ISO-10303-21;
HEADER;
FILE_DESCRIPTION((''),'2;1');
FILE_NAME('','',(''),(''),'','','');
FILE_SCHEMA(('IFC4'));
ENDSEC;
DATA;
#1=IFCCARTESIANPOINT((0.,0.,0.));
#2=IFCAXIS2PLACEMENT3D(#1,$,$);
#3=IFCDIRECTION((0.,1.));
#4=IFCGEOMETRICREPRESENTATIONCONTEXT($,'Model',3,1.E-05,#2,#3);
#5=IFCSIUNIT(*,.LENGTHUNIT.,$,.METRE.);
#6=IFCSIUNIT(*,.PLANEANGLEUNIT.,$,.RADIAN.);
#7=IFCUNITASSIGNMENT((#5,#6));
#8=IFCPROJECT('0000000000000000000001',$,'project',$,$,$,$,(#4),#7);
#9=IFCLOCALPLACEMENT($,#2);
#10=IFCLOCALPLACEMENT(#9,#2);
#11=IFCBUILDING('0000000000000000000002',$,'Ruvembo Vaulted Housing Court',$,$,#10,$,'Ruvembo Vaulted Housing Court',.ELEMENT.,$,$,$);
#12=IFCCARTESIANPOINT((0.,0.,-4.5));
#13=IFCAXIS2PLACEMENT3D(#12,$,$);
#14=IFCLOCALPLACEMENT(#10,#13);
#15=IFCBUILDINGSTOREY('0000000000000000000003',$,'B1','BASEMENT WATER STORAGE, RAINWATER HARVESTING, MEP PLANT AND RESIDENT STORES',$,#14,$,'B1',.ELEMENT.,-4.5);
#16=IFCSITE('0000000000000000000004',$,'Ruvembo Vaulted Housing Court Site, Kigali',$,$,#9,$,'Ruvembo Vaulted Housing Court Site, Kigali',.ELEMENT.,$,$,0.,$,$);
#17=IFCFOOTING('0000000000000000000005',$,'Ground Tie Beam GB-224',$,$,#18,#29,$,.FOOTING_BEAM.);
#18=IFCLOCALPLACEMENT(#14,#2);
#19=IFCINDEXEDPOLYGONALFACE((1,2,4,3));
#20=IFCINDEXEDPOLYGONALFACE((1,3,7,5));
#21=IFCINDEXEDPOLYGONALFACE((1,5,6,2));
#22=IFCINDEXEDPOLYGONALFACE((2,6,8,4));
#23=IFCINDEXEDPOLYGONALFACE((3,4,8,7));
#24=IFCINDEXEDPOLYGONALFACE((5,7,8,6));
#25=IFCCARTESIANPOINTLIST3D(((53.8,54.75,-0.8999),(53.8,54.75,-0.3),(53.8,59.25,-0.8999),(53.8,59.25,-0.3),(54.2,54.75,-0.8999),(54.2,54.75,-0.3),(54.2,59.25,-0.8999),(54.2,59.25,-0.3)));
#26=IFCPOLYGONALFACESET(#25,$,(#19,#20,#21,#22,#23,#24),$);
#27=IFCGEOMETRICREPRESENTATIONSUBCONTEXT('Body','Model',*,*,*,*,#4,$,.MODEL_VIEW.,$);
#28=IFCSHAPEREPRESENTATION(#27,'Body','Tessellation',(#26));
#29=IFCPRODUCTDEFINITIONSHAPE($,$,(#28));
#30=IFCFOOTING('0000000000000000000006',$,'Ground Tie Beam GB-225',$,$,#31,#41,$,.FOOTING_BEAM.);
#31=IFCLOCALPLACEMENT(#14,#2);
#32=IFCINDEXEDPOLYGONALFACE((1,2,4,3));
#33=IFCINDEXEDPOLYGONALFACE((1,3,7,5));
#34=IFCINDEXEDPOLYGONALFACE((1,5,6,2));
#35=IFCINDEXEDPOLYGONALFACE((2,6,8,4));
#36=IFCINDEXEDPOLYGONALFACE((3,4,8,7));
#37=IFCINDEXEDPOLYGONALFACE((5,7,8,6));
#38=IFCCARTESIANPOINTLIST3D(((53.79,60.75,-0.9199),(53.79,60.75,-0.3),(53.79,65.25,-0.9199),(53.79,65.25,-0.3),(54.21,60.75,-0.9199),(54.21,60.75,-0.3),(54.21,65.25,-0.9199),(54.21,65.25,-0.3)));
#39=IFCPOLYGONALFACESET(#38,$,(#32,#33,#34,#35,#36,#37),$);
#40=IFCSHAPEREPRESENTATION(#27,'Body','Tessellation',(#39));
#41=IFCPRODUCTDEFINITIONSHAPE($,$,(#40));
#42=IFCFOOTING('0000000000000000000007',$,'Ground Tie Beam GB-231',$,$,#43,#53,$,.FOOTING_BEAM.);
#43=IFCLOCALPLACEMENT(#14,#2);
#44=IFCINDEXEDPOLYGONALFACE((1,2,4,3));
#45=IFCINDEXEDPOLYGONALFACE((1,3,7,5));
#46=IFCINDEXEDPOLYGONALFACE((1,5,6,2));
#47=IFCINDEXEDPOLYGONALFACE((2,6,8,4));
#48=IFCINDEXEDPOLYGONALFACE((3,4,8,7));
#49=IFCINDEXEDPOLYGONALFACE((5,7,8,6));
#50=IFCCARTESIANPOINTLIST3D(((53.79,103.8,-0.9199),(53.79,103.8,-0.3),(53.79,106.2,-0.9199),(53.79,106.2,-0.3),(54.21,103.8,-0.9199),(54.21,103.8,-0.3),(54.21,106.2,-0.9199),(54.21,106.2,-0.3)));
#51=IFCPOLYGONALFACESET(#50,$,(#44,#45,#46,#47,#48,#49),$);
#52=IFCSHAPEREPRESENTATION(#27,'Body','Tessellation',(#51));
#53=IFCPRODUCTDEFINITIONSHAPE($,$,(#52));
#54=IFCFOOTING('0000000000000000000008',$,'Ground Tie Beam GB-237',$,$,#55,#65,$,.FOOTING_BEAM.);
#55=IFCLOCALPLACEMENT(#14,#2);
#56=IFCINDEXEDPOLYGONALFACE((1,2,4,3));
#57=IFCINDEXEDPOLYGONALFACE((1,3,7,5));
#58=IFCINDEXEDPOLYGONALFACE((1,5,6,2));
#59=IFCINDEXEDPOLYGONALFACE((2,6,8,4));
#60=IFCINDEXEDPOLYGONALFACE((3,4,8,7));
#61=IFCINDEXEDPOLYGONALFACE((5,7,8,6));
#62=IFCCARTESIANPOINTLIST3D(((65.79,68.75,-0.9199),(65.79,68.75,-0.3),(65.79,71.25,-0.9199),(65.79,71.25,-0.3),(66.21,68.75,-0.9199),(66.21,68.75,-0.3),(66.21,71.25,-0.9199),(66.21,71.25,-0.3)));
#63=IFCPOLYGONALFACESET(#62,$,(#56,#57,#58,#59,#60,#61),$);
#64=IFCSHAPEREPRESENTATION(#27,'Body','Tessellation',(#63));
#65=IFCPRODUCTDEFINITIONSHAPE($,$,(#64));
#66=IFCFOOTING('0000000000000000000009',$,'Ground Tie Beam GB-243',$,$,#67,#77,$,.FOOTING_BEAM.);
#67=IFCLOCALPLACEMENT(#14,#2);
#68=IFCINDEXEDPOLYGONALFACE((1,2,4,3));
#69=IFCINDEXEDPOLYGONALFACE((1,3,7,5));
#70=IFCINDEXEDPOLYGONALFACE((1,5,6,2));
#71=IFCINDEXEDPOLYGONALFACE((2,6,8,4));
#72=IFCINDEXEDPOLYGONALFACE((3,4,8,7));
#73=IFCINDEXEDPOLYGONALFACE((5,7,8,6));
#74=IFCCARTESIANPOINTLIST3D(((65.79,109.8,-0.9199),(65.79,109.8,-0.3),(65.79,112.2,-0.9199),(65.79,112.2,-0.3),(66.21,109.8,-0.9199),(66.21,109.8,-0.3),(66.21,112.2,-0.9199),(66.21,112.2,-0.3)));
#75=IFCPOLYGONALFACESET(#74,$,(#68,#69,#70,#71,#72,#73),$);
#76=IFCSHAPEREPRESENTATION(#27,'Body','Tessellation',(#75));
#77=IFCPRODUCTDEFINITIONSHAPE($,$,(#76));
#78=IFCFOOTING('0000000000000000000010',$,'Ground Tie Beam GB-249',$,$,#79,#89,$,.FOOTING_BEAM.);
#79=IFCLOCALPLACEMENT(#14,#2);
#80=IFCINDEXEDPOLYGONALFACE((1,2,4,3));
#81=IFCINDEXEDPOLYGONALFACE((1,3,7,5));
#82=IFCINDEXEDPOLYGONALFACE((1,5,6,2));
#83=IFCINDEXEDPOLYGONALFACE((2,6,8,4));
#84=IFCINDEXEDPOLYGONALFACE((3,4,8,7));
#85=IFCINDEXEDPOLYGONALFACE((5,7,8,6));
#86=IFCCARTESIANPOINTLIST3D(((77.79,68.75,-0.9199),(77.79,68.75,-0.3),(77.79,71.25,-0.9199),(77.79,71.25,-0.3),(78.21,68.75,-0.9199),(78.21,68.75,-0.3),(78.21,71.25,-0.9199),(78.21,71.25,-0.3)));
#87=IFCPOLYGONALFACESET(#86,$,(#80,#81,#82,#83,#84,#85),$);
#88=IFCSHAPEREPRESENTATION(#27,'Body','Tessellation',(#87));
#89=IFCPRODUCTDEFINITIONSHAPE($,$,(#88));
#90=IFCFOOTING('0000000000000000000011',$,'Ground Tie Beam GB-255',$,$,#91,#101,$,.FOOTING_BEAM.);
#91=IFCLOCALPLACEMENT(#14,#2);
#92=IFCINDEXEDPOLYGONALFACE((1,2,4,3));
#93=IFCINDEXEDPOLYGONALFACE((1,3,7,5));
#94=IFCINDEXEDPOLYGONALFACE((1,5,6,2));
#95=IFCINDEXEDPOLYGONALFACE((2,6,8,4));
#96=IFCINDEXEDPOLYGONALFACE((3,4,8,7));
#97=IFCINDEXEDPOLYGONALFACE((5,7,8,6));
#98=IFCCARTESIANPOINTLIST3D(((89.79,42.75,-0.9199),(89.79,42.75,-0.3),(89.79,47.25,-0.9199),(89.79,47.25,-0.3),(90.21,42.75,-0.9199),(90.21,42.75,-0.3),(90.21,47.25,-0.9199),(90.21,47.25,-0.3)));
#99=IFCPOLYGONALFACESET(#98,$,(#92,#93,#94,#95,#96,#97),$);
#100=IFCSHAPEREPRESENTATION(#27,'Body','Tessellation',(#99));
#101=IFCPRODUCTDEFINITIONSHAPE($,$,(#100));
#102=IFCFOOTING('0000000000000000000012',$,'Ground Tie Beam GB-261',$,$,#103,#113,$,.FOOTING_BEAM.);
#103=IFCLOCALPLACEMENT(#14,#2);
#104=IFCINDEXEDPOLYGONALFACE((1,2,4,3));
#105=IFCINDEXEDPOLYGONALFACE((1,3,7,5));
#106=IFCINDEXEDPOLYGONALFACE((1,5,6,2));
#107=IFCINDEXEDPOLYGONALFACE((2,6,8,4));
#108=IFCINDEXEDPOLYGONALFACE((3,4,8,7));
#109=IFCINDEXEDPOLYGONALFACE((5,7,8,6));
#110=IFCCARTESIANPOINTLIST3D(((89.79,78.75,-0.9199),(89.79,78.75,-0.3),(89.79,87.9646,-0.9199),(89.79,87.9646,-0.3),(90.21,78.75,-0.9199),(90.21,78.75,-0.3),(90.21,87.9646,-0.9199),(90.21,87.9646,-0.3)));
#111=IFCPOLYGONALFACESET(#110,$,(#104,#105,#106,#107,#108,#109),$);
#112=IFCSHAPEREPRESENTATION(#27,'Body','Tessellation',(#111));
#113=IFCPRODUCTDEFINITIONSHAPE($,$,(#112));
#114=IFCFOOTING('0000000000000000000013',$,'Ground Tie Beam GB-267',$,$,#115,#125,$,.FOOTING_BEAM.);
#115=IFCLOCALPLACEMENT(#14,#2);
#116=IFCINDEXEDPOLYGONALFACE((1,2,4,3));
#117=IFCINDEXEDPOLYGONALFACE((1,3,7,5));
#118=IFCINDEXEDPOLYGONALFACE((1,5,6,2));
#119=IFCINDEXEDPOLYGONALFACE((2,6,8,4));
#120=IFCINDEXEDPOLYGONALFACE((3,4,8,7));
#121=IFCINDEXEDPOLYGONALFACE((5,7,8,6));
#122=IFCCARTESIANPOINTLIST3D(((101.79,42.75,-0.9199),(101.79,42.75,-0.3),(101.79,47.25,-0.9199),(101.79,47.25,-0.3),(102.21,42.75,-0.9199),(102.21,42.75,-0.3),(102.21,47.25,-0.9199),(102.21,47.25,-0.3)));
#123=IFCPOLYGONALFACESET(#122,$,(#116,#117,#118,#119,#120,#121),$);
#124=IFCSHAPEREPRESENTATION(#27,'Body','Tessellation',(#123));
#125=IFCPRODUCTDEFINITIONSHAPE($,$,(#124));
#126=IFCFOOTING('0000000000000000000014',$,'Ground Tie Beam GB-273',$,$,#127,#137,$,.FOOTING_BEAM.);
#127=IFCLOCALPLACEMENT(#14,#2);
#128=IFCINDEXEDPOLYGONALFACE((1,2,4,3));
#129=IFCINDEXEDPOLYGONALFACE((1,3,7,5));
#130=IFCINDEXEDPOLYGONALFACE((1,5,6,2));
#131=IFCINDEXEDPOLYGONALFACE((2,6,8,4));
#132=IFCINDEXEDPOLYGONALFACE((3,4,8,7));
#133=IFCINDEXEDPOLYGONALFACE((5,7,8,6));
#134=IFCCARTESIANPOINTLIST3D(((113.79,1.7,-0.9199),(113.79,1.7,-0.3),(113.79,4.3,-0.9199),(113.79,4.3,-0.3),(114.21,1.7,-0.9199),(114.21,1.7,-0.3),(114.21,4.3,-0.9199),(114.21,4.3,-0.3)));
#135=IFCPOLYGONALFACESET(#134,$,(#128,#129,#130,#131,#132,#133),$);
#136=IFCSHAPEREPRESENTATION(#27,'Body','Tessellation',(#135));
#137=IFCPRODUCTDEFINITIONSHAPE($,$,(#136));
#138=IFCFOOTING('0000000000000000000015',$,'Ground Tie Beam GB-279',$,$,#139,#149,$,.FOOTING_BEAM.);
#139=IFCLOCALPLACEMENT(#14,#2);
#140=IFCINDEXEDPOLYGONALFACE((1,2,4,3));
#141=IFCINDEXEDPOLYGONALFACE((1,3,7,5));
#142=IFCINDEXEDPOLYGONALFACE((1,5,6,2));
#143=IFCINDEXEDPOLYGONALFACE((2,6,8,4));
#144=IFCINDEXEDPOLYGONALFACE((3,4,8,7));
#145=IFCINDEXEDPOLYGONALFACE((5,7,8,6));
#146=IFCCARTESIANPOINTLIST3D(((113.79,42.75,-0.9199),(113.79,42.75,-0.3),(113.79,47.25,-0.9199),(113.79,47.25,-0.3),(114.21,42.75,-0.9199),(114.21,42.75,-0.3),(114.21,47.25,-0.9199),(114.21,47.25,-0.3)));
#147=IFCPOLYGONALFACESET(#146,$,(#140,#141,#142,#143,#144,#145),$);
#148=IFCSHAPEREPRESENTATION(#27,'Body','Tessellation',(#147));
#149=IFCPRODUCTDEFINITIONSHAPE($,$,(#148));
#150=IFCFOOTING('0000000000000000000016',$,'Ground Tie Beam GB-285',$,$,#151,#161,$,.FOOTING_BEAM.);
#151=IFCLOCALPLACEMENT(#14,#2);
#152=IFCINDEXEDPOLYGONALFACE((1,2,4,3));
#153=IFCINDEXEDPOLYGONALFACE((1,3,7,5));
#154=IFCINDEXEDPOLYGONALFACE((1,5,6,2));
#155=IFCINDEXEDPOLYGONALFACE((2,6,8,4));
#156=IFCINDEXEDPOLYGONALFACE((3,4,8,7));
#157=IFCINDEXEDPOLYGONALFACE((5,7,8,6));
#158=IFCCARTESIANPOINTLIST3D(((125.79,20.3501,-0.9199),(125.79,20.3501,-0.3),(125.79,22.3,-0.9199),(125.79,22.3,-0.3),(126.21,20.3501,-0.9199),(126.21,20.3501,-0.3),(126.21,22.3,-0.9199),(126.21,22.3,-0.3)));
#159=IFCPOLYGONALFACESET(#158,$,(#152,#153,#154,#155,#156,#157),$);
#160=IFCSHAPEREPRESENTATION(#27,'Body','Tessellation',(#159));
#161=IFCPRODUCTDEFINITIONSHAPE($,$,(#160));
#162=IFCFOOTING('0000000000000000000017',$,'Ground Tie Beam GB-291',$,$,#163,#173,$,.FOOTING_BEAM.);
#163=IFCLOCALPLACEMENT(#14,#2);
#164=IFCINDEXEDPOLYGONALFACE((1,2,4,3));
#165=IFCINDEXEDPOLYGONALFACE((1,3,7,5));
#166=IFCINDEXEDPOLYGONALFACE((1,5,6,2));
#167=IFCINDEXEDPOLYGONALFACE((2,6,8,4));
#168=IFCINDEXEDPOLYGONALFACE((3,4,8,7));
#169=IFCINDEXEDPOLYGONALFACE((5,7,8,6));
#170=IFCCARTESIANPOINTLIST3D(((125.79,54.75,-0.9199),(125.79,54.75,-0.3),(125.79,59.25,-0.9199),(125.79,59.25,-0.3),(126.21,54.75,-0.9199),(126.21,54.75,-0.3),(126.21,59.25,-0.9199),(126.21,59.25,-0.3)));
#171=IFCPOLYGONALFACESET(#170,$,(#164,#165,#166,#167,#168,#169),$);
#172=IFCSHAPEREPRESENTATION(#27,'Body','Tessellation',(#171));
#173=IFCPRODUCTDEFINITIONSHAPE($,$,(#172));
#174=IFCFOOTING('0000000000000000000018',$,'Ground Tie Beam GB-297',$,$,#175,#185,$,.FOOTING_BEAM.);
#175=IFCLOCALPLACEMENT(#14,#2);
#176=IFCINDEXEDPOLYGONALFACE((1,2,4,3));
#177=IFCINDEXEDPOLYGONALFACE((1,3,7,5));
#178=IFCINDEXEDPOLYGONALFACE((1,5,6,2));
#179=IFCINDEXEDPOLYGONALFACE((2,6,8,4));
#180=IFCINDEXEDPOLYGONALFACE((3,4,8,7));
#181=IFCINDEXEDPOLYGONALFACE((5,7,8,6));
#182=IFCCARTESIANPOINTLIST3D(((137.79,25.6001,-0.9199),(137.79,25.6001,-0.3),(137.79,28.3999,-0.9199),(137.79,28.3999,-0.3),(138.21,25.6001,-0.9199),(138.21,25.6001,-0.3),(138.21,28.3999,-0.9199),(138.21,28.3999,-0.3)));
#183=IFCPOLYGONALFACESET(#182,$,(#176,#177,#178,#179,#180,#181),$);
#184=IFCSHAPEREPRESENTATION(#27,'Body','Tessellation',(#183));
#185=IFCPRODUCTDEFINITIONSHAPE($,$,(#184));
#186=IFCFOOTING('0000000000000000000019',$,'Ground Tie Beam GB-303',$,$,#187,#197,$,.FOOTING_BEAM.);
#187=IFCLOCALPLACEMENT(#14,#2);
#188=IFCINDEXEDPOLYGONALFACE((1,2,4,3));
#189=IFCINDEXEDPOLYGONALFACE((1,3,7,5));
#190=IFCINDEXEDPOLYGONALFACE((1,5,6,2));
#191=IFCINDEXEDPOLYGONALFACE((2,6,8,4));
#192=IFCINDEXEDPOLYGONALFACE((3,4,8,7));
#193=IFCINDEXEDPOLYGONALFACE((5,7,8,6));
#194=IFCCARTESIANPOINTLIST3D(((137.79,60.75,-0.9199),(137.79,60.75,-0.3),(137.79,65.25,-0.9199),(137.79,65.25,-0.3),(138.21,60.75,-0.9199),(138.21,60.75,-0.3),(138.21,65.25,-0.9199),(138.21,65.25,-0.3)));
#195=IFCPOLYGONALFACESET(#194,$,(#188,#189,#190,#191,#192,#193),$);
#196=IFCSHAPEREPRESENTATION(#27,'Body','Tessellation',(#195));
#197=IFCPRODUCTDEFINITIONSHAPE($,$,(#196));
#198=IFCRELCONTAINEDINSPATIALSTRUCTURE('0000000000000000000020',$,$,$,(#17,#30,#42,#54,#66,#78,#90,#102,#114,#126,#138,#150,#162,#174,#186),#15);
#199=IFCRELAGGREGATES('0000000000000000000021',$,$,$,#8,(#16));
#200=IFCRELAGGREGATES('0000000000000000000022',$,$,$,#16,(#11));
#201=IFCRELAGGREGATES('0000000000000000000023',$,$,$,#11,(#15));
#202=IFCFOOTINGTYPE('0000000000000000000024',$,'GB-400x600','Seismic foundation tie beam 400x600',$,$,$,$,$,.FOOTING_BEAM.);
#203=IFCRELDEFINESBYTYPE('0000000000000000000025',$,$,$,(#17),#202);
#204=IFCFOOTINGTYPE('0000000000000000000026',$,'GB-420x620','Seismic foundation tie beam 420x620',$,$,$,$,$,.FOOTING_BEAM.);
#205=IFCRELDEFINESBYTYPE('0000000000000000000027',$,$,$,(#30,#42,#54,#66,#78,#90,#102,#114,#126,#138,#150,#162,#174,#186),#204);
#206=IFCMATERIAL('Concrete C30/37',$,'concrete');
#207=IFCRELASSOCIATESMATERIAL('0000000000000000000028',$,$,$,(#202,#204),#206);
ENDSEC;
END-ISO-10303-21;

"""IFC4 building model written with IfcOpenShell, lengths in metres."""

from ifc_helpers import new_model, si_unit, direction, frame, origin, place, context, subcontext, project, spatial, polyline, outline, extrude, material, type_object, element, save


model = new_model("IFC4")

# Units and contexts
model_context = context("Model", 3, precision=1e-05, world=origin(), true_north=direction((0.0, 1.0)))
body_context = subcontext(model_context, "Body", "Model", "MODEL_VIEW")
ifc_project = project(units=[si_unit("LENGTHUNIT", "METRE"), si_unit("PLANEANGLEUNIT", "RADIAN")], contexts=[model_context])

# Site, building, storey
site_placement = place(None, origin())
site = spatial("IfcSite", under=ifc_project, at=site_placement, Name="Ruvembo Vaulted Housing Court Site, Kigali", LongName="Ruvembo Vaulted Housing Court Site, Kigali", CompositionType="ELEMENT", RefElevation=0.0)
building_placement = place(site_placement, origin())
building = spatial("IfcBuilding", under=site, at=building_placement, Name="Ruvembo Vaulted Housing Court", LongName="Ruvembo Vaulted Housing Court", CompositionType="ELEMENT")
storey_placement = place(building_placement, frame((0.0, 0.0, -4.5)))
storey = spatial("IfcBuildingStorey", under=building, at=storey_placement, Name="B1", Description="BASEMENT WATER STORAGE, RAINWATER HARVESTING, MEP PLANT AND RESIDENT STORES", LongName="B1", CompositionType="ELEMENT", Elevation=-4.5)

# Footings
ifc_material = material(Name="Concrete C30/37", Category="concrete")
footing_type_1 = type_object("IfcFootingType", Name="GB-400x600", Description="Seismic foundation tie beam 400x600", PredefinedType="FOOTING_BEAM", material=ifc_material)
footing_1_placement = place(storey_placement, frame((0.0, 0.0, -0.8999)))
element("IfcFooting", 1, at=footing_1_placement, inside=storey, type_object=footing_type_1, Name="Ground Tie Beam GB-224", PredefinedType="FOOTING_BEAM", context=body_context, shape_type="SweptSolid", body=[
    extrude(outline(polyline([(53.8, 54.75), (54.2, 54.75), (54.2, 59.25), (53.8, 59.25), (53.8, 54.75)])), origin(), (0.0, 0.0, 1.0), 0.5999),
])
footing_type_2 = type_object("IfcFootingType", Name="GB-420x620", Description="Seismic foundation tie beam 420x620", PredefinedType="FOOTING_BEAM", material=ifc_material)
footing_2_placement = place(storey_placement, frame((0.0, 0.0, -0.9199)))
element("IfcFooting", 2, at=footing_2_placement, inside=storey, type_object=footing_type_2, Name="Ground Tie Beam GB-225", PredefinedType="FOOTING_BEAM", context=body_context, shape_type="SweptSolid", body=[
    extrude(outline(polyline([(53.79, 60.75), (54.21, 60.75), (54.21, 65.25), (53.79, 65.25), (53.79, 60.75)])), origin(), (0.0, 0.0, 1.0), 0.6199),
])
footing_3_placement = place(storey_placement, frame((0.0, 0.0, -0.9199)))
element("IfcFooting", 3, at=footing_3_placement, inside=storey, type_object=footing_type_2, Name="Ground Tie Beam GB-231", PredefinedType="FOOTING_BEAM", context=body_context, shape_type="SweptSolid", body=[
    extrude(outline(polyline([(53.79, 103.8), (54.21, 103.8), (54.21, 106.2), (53.79, 106.2), (53.79, 103.8)])), origin(), (0.0, 0.0, 1.0), 0.6199),
])
footing_4_placement = place(storey_placement, frame((0.0, 0.0, -0.9199)))
element("IfcFooting", 4, at=footing_4_placement, inside=storey, type_object=footing_type_2, Name="Ground Tie Beam GB-237", PredefinedType="FOOTING_BEAM", context=body_context, shape_type="SweptSolid", body=[
    extrude(outline(polyline([(65.79, 68.75), (66.21, 68.75), (66.21, 71.25), (65.79, 71.25), (65.79, 68.75)])), origin(), (0.0, 0.0, 1.0), 0.6199),
])
footing_5_placement = place(storey_placement, frame((0.0, 0.0, -0.9199)))
element("IfcFooting", 5, at=footing_5_placement, inside=storey, type_object=footing_type_2, Name="Ground Tie Beam GB-243", PredefinedType="FOOTING_BEAM", context=body_context, shape_type="SweptSolid", body=[
    extrude(outline(polyline([(65.79, 109.8), (66.21, 109.8), (66.21, 112.2), (65.79, 112.2), (65.79, 109.8)])), origin(), (0.0, 0.0, 1.0), 0.6199),
])
footing_6_placement = place(storey_placement, frame((0.0, 0.0, -0.9199)))
element("IfcFooting", 6, at=footing_6_placement, inside=storey, type_object=footing_type_2, Name="Ground Tie Beam GB-249", PredefinedType="FOOTING_BEAM", context=body_context, shape_type="SweptSolid", body=[
    extrude(outline(polyline([(77.79, 68.75), (78.21, 68.75), (78.21, 71.25), (77.79, 71.25), (77.79, 68.75)])), origin(), (0.0, 0.0, 1.0), 0.6199),
])
footing_7_placement = place(storey_placement, frame((0.0, 0.0, -0.9199)))
element("IfcFooting", 7, at=footing_7_placement, inside=storey, type_object=footing_type_2, Name="Ground Tie Beam GB-255", PredefinedType="FOOTING_BEAM", context=body_context, shape_type="SweptSolid", body=[
    extrude(outline(polyline([(89.79, 42.75), (90.21, 42.75), (90.21, 47.25), (89.79, 47.25), (89.79, 42.75)])), origin(), (0.0, 0.0, 1.0), 0.6199),
])
footing_8_placement = place(storey_placement, frame((0.0, 0.0, -0.9199)))
element("IfcFooting", 8, at=footing_8_placement, inside=storey, type_object=footing_type_2, Name="Ground Tie Beam GB-261", PredefinedType="FOOTING_BEAM", context=body_context, shape_type="SweptSolid", body=[
    extrude(outline(polyline([(89.79, 78.75), (90.21, 78.75), (90.21, 87.9646), (89.79, 87.9646), (89.79, 78.75)])), origin(), (0.0, 0.0, 1.0), 0.6199),
])
footing_9_placement = place(storey_placement, frame((0.0, 0.0, -0.9199)))
element("IfcFooting", 9, at=footing_9_placement, inside=storey, type_object=footing_type_2, Name="Ground Tie Beam GB-267", PredefinedType="FOOTING_BEAM", context=body_context, shape_type="SweptSolid", body=[
    extrude(outline(polyline([(101.79, 42.75), (102.21, 42.75), (102.21, 47.25), (101.79, 47.25), (101.79, 42.75)])), origin(), (0.0, 0.0, 1.0), 0.6199),
])
footing_10_placement = place(storey_placement, frame((0.0, 0.0, -0.9199)))
element("IfcFooting", 10, at=footing_10_placement, inside=storey, type_object=footing_type_2, Name="Ground Tie Beam GB-273", PredefinedType="FOOTING_BEAM", context=body_context, shape_type="SweptSolid", body=[
    extrude(outline(polyline([(113.79, 1.7), (114.21, 1.7), (114.21, 4.3), (113.79, 4.3), (113.79, 1.7)])), origin(), (0.0, 0.0, 1.0), 0.6199),
])
footing_11_placement = place(storey_placement, frame((0.0, 0.0, -0.9199)))
element("IfcFooting", 11, at=footing_11_placement, inside=storey, type_object=footing_type_2, Name="Ground Tie Beam GB-279", PredefinedType="FOOTING_BEAM", context=body_context, shape_type="SweptSolid", body=[
    extrude(outline(polyline([(113.79, 42.75), (114.21, 42.75), (114.21, 47.25), (113.79, 47.25), (113.79, 42.75)])), origin(), (0.0, 0.0, 1.0), 0.6199),
])
footing_12_placement = place(storey_placement, frame((0.0, 0.0, -0.9199)))
element("IfcFooting", 12, at=footing_12_placement, inside=storey, type_object=footing_type_2, Name="Ground Tie Beam GB-285", PredefinedType="FOOTING_BEAM", context=body_context, shape_type="SweptSolid", body=[
    extrude(outline(polyline([(125.79, 20.3501), (126.21, 20.3501), (126.21, 22.3), (125.79, 22.3), (125.79, 20.3501)])), origin(), (0.0, 0.0, 1.0), 0.6199),
])
footing_13_placement = place(storey_placement, frame((0.0, 0.0, -0.9199)))
element("IfcFooting", 13, at=footing_13_placement, inside=storey, type_object=footing_type_2, Name="Ground Tie Beam GB-291", PredefinedType="FOOTING_BEAM", context=body_context, shape_type="SweptSolid", body=[
    extrude(outline(polyline([(125.79, 54.75), (126.21, 54.75), (126.21, 59.25), (125.79, 59.25), (125.79, 54.75)])), origin(), (0.0, 0.0, 1.0), 0.6199),
])
footing_14_placement = place(storey_placement, frame((0.0, 0.0, -0.9199)))
element("IfcFooting", 14, at=footing_14_placement, inside=storey, type_object=footing_type_2, Name="Ground Tie Beam GB-297", PredefinedType="FOOTING_BEAM", context=body_context, shape_type="SweptSolid", body=[
    extrude(outline(polyline([(137.79, 25.6001), (138.21, 25.6001), (138.21, 28.3999), (137.79, 28.3999), (137.79, 25.6001)])), origin(), (0.0, 0.0, 1.0), 0.6199),
])
footing_15_placement = place(storey_placement, frame((0.0, 0.0, -0.9199)))
element("IfcFooting", 15, at=footing_15_placement, inside=storey, type_object=footing_type_2, Name="Ground Tie Beam GB-303", PredefinedType="FOOTING_BEAM", context=body_context, shape_type="SweptSolid", body=[
    extrude(outline(polyline([(137.79, 60.75), (138.21, 60.75), (138.21, 65.25), (137.79, 65.25), (137.79, 60.75)])), origin(), (0.0, 0.0, 1.0), 0.6199),
])

save(model, "model.ifc")
